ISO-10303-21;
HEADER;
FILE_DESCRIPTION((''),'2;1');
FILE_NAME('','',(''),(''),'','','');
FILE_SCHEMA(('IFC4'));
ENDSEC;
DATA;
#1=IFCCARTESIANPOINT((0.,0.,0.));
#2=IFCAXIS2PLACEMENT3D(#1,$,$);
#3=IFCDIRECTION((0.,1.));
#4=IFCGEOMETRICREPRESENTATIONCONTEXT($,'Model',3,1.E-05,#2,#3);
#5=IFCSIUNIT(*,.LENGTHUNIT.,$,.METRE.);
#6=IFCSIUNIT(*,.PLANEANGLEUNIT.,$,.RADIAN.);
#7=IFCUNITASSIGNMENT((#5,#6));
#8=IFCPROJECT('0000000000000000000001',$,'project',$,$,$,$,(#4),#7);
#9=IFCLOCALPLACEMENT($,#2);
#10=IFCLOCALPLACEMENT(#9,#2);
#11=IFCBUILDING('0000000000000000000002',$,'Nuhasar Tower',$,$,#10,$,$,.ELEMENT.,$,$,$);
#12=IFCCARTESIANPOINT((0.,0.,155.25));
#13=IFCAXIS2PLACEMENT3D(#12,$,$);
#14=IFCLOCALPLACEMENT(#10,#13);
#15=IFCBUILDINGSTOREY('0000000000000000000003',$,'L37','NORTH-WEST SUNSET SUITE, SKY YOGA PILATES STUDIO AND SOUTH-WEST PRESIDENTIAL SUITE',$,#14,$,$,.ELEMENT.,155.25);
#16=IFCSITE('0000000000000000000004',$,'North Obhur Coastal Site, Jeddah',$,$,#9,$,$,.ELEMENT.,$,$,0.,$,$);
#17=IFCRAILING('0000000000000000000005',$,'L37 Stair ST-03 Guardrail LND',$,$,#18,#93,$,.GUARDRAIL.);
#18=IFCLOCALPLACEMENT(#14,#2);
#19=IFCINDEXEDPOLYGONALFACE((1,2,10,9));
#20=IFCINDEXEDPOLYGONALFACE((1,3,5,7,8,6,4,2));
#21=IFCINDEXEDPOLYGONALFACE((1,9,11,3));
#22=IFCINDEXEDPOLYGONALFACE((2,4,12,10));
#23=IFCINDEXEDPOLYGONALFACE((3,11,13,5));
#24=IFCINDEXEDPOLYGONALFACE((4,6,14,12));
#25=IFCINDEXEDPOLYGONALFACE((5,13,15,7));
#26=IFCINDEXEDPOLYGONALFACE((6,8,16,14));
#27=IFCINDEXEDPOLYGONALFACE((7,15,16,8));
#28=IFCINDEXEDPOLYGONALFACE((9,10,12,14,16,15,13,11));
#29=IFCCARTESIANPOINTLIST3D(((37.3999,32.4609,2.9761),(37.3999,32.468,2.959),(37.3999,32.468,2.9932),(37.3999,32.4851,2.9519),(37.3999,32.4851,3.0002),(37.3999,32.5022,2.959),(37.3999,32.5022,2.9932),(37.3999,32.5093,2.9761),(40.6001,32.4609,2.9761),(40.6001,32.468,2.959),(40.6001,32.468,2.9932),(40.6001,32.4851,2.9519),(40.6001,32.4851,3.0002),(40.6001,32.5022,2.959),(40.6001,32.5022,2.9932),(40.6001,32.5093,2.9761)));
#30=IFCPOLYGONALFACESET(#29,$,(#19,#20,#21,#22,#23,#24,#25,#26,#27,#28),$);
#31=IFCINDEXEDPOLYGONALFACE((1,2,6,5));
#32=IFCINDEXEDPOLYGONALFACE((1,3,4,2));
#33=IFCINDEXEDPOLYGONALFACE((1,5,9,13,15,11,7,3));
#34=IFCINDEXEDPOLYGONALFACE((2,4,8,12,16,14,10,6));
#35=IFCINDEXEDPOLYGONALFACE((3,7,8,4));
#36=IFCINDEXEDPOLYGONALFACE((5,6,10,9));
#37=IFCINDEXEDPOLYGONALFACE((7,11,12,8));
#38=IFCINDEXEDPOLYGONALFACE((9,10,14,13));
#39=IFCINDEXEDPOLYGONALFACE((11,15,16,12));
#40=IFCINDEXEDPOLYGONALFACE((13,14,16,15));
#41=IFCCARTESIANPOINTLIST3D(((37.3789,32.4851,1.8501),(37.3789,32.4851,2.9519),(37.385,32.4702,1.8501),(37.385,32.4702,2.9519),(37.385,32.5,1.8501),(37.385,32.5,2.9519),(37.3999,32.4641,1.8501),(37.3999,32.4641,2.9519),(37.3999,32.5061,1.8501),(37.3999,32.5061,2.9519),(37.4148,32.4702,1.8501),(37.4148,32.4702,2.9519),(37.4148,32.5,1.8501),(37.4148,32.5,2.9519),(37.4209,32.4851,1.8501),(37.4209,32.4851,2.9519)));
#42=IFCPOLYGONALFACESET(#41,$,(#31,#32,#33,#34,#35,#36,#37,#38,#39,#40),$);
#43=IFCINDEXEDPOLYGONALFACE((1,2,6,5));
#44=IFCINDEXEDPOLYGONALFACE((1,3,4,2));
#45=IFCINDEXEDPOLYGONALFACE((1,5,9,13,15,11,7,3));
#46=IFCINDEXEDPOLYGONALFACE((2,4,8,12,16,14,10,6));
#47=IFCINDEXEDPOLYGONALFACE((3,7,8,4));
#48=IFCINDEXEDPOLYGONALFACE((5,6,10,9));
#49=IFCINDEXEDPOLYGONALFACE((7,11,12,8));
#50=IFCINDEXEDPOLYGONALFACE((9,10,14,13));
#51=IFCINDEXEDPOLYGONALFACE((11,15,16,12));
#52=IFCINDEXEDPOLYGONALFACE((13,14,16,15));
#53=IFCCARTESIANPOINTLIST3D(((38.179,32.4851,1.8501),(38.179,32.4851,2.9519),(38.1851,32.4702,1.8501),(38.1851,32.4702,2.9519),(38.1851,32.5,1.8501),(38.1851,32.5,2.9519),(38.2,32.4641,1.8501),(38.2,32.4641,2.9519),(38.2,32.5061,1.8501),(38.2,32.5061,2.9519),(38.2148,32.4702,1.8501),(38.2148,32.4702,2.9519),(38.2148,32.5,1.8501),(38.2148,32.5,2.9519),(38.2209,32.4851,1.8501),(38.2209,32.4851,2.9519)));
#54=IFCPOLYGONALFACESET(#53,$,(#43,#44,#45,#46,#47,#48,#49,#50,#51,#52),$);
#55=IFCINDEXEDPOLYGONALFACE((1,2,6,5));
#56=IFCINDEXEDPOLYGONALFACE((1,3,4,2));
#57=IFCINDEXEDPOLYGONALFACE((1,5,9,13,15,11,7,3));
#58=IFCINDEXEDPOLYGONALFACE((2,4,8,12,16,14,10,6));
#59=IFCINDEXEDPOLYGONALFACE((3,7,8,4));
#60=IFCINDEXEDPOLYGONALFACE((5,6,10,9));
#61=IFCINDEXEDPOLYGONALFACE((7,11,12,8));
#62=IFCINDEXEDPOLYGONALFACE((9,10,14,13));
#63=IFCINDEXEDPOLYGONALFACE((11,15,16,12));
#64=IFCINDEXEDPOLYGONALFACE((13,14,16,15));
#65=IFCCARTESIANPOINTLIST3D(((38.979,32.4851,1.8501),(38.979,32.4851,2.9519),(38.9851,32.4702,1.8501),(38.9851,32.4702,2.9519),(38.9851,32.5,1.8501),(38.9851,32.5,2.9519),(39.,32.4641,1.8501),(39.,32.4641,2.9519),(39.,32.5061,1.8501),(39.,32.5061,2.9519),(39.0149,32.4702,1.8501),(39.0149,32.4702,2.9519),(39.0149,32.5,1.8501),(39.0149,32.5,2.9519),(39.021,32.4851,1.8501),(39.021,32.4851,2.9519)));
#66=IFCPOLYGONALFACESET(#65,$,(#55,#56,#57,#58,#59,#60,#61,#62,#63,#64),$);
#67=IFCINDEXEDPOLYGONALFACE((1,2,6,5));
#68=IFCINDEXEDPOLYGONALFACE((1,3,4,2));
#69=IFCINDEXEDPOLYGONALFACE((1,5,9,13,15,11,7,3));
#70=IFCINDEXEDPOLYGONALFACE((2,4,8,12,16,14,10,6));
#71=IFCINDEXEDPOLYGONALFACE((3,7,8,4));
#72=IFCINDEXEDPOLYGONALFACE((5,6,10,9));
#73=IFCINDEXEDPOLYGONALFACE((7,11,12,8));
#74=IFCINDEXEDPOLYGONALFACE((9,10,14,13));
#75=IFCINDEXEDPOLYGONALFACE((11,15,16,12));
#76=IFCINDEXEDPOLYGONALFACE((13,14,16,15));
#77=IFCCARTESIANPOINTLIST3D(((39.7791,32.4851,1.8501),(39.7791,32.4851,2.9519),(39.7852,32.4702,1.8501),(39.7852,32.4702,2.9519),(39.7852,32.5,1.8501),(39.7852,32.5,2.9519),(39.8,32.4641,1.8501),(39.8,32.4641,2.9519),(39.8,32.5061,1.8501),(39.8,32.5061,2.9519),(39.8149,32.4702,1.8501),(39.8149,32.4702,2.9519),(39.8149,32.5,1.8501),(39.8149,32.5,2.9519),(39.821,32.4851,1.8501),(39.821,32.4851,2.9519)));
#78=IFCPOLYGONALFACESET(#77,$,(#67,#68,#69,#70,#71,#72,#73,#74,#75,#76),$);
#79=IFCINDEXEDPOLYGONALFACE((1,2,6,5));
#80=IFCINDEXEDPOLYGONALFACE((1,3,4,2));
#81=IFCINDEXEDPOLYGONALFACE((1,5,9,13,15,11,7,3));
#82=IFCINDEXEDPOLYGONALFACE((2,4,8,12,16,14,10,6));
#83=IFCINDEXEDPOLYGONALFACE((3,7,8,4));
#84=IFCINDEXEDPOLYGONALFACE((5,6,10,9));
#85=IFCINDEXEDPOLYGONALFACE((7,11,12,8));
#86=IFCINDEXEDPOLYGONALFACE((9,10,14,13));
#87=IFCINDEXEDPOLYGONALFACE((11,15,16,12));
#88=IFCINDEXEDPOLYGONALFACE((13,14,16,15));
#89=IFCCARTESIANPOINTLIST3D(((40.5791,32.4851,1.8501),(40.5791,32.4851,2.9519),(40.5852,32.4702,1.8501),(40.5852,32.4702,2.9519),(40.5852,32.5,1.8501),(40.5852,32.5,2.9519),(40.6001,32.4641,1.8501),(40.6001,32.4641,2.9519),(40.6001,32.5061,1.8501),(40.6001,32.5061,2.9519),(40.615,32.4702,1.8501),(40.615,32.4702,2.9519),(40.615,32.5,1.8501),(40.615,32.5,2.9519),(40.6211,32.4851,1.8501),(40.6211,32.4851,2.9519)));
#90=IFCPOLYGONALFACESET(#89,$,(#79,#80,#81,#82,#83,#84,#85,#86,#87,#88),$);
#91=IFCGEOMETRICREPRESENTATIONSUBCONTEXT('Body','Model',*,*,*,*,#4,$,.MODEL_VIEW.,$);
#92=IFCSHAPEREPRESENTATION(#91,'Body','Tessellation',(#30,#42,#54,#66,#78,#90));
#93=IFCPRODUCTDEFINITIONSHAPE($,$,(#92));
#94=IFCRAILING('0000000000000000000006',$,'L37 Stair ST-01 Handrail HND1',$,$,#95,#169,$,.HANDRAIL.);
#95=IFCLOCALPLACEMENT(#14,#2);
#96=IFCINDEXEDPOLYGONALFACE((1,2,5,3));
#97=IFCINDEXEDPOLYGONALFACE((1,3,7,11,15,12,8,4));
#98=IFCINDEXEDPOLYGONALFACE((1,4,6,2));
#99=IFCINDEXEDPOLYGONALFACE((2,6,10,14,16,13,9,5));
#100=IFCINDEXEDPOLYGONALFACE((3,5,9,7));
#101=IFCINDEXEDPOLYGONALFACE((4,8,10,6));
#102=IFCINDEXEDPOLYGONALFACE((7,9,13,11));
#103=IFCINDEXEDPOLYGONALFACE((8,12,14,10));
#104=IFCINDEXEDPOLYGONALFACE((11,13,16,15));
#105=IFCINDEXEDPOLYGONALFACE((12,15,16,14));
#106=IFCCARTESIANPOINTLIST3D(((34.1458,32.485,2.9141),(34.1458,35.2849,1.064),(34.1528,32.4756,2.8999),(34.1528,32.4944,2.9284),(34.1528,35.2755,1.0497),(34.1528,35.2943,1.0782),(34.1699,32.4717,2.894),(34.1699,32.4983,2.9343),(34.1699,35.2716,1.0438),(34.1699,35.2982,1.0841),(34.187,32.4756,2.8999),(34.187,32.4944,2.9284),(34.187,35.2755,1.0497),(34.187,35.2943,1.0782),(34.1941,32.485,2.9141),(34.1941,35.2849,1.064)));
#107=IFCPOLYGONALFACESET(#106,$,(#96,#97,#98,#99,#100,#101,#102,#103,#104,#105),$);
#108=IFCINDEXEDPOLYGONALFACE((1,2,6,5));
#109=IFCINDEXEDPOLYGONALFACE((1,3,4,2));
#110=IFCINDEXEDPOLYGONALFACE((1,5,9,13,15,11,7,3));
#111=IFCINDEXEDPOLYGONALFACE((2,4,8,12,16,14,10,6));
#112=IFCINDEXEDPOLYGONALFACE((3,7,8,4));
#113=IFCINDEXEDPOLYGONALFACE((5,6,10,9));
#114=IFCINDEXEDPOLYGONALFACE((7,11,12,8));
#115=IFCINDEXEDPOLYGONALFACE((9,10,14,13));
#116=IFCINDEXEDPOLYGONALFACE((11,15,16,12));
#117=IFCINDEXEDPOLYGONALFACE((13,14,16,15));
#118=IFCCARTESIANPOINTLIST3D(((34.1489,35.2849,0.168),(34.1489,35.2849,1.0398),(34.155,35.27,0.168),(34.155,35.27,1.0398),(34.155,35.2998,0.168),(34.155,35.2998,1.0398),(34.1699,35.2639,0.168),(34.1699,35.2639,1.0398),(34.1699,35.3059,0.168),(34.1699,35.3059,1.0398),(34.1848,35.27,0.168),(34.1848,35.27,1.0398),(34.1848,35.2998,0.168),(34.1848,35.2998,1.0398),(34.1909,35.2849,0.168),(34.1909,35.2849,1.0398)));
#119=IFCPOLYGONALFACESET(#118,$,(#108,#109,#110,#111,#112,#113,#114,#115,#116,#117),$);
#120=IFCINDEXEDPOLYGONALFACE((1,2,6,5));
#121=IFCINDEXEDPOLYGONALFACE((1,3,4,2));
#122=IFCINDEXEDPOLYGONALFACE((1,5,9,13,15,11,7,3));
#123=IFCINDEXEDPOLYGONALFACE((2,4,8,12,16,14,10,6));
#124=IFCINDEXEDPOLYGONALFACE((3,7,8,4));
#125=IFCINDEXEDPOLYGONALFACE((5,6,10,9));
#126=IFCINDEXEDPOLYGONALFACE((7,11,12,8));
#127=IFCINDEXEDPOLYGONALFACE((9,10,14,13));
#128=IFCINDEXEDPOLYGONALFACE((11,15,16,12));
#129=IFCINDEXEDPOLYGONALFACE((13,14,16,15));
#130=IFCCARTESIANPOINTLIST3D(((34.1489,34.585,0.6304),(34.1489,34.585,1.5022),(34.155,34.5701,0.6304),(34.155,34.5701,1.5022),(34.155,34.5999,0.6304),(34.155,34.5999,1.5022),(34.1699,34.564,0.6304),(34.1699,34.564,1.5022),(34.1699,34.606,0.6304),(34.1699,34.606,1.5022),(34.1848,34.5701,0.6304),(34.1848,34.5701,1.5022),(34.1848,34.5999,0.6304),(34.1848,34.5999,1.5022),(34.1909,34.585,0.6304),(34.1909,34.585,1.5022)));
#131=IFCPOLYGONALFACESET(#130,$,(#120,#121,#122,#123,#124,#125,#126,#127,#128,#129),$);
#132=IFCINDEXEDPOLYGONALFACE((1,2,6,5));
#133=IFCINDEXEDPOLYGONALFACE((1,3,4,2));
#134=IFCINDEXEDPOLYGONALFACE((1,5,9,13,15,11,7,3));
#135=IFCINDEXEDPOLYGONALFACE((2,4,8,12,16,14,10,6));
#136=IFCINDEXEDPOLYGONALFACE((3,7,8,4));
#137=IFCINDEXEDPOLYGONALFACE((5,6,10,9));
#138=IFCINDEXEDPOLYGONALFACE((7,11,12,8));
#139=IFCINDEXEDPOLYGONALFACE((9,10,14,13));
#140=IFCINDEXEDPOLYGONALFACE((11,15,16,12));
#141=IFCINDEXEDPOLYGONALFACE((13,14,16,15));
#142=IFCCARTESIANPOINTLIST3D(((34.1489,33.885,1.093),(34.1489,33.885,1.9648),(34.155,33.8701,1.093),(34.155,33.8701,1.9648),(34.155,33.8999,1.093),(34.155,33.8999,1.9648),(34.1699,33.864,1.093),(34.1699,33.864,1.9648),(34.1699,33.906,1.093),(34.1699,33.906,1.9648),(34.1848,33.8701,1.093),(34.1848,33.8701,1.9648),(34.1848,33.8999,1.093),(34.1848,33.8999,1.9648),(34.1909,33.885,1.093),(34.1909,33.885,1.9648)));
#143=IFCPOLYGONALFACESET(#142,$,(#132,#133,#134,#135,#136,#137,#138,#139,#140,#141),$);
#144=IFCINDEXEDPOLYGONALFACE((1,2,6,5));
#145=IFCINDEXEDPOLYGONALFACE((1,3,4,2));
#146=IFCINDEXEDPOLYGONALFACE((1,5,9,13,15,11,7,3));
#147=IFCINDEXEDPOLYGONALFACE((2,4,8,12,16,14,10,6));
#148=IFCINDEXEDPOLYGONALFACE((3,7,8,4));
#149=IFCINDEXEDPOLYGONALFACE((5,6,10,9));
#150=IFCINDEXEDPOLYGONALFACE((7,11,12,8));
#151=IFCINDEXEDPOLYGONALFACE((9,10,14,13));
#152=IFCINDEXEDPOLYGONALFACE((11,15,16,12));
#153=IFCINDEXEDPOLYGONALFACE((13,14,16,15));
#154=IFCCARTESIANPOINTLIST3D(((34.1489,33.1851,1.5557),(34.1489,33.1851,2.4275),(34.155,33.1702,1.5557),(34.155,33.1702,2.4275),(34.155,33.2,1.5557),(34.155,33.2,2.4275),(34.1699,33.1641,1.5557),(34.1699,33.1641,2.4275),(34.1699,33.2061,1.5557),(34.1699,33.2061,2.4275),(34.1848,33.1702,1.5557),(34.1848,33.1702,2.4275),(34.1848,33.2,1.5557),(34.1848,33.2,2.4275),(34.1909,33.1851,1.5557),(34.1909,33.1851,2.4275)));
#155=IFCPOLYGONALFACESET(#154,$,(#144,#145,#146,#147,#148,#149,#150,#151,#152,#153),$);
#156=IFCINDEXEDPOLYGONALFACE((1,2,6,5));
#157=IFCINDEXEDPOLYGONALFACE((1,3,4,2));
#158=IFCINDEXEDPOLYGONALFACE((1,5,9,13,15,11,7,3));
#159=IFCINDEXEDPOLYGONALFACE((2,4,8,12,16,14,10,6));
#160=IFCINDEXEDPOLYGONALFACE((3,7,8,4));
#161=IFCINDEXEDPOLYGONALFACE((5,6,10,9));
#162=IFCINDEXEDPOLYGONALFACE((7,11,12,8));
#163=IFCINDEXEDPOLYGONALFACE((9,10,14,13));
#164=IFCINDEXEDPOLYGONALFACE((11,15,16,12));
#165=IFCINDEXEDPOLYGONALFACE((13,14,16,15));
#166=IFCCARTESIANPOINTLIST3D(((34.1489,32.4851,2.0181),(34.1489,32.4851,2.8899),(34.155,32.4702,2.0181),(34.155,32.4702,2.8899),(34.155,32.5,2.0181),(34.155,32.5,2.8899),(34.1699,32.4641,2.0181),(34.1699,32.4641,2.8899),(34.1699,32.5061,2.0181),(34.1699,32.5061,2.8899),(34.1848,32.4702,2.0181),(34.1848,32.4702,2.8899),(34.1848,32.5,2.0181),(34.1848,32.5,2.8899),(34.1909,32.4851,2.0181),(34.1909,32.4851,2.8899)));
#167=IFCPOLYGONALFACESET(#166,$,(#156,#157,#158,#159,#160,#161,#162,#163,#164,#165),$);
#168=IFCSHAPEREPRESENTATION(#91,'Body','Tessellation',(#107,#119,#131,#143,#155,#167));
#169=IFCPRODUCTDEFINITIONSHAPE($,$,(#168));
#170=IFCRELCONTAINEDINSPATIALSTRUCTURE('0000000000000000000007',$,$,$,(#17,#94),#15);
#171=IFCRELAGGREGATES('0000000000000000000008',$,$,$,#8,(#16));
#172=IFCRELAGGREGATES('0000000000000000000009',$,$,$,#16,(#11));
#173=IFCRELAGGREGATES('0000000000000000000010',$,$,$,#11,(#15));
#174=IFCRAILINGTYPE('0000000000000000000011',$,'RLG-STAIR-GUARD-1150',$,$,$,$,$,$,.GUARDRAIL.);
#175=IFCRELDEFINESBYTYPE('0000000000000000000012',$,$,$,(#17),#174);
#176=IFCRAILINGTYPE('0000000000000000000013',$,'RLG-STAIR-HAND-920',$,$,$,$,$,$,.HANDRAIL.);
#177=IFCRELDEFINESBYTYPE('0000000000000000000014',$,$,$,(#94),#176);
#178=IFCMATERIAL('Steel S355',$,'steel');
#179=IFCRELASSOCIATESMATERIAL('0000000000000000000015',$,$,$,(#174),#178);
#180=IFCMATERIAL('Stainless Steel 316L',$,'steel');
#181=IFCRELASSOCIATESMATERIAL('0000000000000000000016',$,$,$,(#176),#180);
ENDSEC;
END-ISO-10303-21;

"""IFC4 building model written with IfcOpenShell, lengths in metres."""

from ifc_helpers import new_model, si_unit, direction, frame, origin, place, context, subcontext, project, spatial, polyline, outline, extrude, material, type_object, element, save


model = new_model("IFC4")

# Units and contexts
model_context = context("Model", 3, precision=1e-05, world=origin(), true_north=direction((0.0, 1.0)))
body_context = subcontext(model_context, "Body", "Model", "MODEL_VIEW")
ifc_project = project(units=[si_unit("LENGTHUNIT", "METRE"), si_unit("PLANEANGLEUNIT", "RADIAN")], contexts=[model_context])

# Site, building, storey
site_placement = place(None, origin())
site = spatial("IfcSite", under=ifc_project, at=site_placement, Name="North Obhur Coastal Site, Jeddah", CompositionType="ELEMENT", RefElevation=0.0)
building_placement = place(site_placement, origin())
building = spatial("IfcBuilding", under=site, at=building_placement, Name="Nuhasar Tower", CompositionType="ELEMENT")
storey_placement = place(building_placement, frame((0.0, 0.0, 155.25)))
storey = spatial("IfcBuildingStorey", under=building, at=storey_placement, Name="L37", Description="NORTH-WEST SUNSET SUITE, SKY YOGA PILATES STUDIO AND SOUTH-WEST PRESIDENTIAL SUITE", CompositionType="ELEMENT", Elevation=155.25)

# Shared definitions
ifc_material_1 = material(Name="Steel S355", Category="steel")

# Railings
railing_type_1 = type_object("IfcRailingType", Name="RLG-STAIR-GUARD-1150", PredefinedType="GUARDRAIL", material=ifc_material_1)
railing_1_placement = place(storey_placement, frame((37.3999, 32.4851, 1.8501)))
element("IfcRailing", 1, at=railing_1_placement, inside=storey, type_object=railing_type_1, Name="L37 Stair ST-03 Guardrail LND", PredefinedType="GUARDRAIL", context=body_context, shape_type="SweptSolid", body=[
    extrude(outline(polyline([(0.0242, 0.0), (0.0171, 0.0171), (0.0, 0.0242), (-0.0171, 0.0171), (-0.0242, 0.0), (-0.0171, -0.0171), (0.0, -0.0242), (0.0171, -0.0171), (0.0242, 0.0)])), frame((0.0, 0.0, 1.126), z_axis=(1.0, 0.0, 0.0), x_axis=(0.0, 1.0, 0.0)), (0.0, 0.0, 1.0), 3.2002),
    extrude(outline(polyline([(0.021, 0.0), (0.0149, 0.0149), (0.0, 0.021), (-0.0149, 0.0149), (-0.021, 0.0), (-0.0149, -0.0149), (0.0, -0.021), (0.0149, -0.0149), (0.021, 0.0)])), origin(), (0.0, 0.0, 1.0), 1.1018),
    extrude(outline(polyline([(0.021, 0.0), (0.0149, 0.0149), (0.0, 0.021), (-0.0149, 0.0149), (-0.021, 0.0), (-0.0149, -0.0149), (0.0, -0.021), (0.0149, -0.0149), (0.021, 0.0)])), frame((0.8, 0.0, 0.0)), (0.0, 0.0, 1.0), 1.1018),
    extrude(outline(polyline([(0.021, 0.0), (0.0149, 0.0149), (0.0, 0.021), (-0.0149, 0.0149), (-0.021, 0.0), (-0.0149, -0.0149), (0.0, -0.021), (0.0149, -0.0149), (0.021, 0.0)])), frame((1.6001, 0.0, 0.0)), (0.0, 0.0, 1.0), 1.1018),
    extrude(outline(polyline([(0.021, 0.0), (0.0149, 0.0149), (0.0, 0.021), (-0.0149, 0.0149), (-0.021, 0.0), (-0.0149, -0.0149), (0.0, -0.021), (0.0149, -0.0149), (0.021, 0.0)])), frame((2.4001, 0.0, 0.0)), (0.0, 0.0, 1.0), 1.1018),
    extrude(outline(polyline([(0.021, 0.0), (0.0149, 0.0149), (0.0, 0.021), (-0.0149, 0.0149), (-0.021, 0.0), (-0.0149, -0.0149), (0.0, -0.021), (0.0149, -0.0149), (0.021, 0.0)])), frame((3.2002, 0.0, 0.0)), (0.0, 0.0, 1.0), 1.1018),
])
ifc_material_2 = material(Name="Stainless Steel 316L", Category="steel")
railing_type_2 = type_object("IfcRailingType", Name="RLG-STAIR-HAND-920", PredefinedType="HANDRAIL", material=ifc_material_2)
railing_2_placement = place(storey_placement, frame((34.1699, 35.2849, 0.168)))
element("IfcRailing", 2, at=railing_2_placement, inside=storey, type_object=railing_type_2, Name="L37 Stair ST-01 Handrail HND1", PredefinedType="HANDRAIL", context=body_context, shape_type="SweptSolid", body=[
    extrude(outline(polyline([(0.0242, 0.0), (0.0171, 0.0171), (0.0, 0.0242), (-0.0171, 0.0171), (-0.0242, 0.0), (-0.0171, -0.0171), (0.0, -0.0242), (0.0171, -0.0171), (0.0242, 0.0)])), frame((0.0, 0.0, 0.896), z_axis=(0.0, -0.834304, 0.551304), x_axis=(1.0, 0.0, 0.0)), (0.0, 0.0, 1.0), 3.356),
    extrude(outline(polyline([(0.021, 0.0), (0.0149, 0.0149), (0.0, 0.021), (-0.0149, 0.0149), (-0.021, 0.0), (-0.0149, -0.0149), (0.0, -0.021), (0.0149, -0.0149), (0.021, 0.0)])), origin(), (0.0, 0.0, 1.0), 0.8718),
    extrude(outline(polyline([(0.021, 0.0), (0.0149, 0.0149), (0.0, 0.021), (-0.0149, 0.0149), (-0.021, 0.0), (-0.0149, -0.0149), (0.0, -0.021), (0.0149, -0.0149), (0.021, 0.0)])), frame((0.0, -0.7, 0.4624)), (0.0, 0.0, 1.0), 0.8718),
    extrude(outline(polyline([(0.021, 0.0), (0.0149, 0.0149), (0.0, 0.021), (-0.0149, 0.0149), (-0.021, 0.0), (-0.0149, -0.0149), (0.0, -0.021), (0.0149, -0.0149), (0.021, 0.0)])), frame((0.0, -1.3999, 0.925)), (0.0, 0.0, 1.0), 0.8718),
    extrude(outline(polyline([(0.021, 0.0), (0.0149, 0.0149), (0.0, 0.021), (-0.0149, 0.0149), (-0.021, 0.0), (-0.0149, -0.0149), (0.0, -0.021), (0.0149, -0.0149), (0.021, 0.0)])), frame((0.0, -2.0999, 1.3877)), (0.0, 0.0, 1.0), 0.8718),
    extrude(outline(polyline([(0.021, 0.0), (0.0149, 0.0149), (0.0, 0.021), (-0.0149, 0.0149), (-0.021, 0.0), (-0.0149, -0.0149), (0.0, -0.021), (0.0149, -0.0149), (0.021, 0.0)])), frame((0.0, -2.7998, 1.8501)), (0.0, 0.0, 1.0), 0.8718),
])

save(model, "model.ifc")
